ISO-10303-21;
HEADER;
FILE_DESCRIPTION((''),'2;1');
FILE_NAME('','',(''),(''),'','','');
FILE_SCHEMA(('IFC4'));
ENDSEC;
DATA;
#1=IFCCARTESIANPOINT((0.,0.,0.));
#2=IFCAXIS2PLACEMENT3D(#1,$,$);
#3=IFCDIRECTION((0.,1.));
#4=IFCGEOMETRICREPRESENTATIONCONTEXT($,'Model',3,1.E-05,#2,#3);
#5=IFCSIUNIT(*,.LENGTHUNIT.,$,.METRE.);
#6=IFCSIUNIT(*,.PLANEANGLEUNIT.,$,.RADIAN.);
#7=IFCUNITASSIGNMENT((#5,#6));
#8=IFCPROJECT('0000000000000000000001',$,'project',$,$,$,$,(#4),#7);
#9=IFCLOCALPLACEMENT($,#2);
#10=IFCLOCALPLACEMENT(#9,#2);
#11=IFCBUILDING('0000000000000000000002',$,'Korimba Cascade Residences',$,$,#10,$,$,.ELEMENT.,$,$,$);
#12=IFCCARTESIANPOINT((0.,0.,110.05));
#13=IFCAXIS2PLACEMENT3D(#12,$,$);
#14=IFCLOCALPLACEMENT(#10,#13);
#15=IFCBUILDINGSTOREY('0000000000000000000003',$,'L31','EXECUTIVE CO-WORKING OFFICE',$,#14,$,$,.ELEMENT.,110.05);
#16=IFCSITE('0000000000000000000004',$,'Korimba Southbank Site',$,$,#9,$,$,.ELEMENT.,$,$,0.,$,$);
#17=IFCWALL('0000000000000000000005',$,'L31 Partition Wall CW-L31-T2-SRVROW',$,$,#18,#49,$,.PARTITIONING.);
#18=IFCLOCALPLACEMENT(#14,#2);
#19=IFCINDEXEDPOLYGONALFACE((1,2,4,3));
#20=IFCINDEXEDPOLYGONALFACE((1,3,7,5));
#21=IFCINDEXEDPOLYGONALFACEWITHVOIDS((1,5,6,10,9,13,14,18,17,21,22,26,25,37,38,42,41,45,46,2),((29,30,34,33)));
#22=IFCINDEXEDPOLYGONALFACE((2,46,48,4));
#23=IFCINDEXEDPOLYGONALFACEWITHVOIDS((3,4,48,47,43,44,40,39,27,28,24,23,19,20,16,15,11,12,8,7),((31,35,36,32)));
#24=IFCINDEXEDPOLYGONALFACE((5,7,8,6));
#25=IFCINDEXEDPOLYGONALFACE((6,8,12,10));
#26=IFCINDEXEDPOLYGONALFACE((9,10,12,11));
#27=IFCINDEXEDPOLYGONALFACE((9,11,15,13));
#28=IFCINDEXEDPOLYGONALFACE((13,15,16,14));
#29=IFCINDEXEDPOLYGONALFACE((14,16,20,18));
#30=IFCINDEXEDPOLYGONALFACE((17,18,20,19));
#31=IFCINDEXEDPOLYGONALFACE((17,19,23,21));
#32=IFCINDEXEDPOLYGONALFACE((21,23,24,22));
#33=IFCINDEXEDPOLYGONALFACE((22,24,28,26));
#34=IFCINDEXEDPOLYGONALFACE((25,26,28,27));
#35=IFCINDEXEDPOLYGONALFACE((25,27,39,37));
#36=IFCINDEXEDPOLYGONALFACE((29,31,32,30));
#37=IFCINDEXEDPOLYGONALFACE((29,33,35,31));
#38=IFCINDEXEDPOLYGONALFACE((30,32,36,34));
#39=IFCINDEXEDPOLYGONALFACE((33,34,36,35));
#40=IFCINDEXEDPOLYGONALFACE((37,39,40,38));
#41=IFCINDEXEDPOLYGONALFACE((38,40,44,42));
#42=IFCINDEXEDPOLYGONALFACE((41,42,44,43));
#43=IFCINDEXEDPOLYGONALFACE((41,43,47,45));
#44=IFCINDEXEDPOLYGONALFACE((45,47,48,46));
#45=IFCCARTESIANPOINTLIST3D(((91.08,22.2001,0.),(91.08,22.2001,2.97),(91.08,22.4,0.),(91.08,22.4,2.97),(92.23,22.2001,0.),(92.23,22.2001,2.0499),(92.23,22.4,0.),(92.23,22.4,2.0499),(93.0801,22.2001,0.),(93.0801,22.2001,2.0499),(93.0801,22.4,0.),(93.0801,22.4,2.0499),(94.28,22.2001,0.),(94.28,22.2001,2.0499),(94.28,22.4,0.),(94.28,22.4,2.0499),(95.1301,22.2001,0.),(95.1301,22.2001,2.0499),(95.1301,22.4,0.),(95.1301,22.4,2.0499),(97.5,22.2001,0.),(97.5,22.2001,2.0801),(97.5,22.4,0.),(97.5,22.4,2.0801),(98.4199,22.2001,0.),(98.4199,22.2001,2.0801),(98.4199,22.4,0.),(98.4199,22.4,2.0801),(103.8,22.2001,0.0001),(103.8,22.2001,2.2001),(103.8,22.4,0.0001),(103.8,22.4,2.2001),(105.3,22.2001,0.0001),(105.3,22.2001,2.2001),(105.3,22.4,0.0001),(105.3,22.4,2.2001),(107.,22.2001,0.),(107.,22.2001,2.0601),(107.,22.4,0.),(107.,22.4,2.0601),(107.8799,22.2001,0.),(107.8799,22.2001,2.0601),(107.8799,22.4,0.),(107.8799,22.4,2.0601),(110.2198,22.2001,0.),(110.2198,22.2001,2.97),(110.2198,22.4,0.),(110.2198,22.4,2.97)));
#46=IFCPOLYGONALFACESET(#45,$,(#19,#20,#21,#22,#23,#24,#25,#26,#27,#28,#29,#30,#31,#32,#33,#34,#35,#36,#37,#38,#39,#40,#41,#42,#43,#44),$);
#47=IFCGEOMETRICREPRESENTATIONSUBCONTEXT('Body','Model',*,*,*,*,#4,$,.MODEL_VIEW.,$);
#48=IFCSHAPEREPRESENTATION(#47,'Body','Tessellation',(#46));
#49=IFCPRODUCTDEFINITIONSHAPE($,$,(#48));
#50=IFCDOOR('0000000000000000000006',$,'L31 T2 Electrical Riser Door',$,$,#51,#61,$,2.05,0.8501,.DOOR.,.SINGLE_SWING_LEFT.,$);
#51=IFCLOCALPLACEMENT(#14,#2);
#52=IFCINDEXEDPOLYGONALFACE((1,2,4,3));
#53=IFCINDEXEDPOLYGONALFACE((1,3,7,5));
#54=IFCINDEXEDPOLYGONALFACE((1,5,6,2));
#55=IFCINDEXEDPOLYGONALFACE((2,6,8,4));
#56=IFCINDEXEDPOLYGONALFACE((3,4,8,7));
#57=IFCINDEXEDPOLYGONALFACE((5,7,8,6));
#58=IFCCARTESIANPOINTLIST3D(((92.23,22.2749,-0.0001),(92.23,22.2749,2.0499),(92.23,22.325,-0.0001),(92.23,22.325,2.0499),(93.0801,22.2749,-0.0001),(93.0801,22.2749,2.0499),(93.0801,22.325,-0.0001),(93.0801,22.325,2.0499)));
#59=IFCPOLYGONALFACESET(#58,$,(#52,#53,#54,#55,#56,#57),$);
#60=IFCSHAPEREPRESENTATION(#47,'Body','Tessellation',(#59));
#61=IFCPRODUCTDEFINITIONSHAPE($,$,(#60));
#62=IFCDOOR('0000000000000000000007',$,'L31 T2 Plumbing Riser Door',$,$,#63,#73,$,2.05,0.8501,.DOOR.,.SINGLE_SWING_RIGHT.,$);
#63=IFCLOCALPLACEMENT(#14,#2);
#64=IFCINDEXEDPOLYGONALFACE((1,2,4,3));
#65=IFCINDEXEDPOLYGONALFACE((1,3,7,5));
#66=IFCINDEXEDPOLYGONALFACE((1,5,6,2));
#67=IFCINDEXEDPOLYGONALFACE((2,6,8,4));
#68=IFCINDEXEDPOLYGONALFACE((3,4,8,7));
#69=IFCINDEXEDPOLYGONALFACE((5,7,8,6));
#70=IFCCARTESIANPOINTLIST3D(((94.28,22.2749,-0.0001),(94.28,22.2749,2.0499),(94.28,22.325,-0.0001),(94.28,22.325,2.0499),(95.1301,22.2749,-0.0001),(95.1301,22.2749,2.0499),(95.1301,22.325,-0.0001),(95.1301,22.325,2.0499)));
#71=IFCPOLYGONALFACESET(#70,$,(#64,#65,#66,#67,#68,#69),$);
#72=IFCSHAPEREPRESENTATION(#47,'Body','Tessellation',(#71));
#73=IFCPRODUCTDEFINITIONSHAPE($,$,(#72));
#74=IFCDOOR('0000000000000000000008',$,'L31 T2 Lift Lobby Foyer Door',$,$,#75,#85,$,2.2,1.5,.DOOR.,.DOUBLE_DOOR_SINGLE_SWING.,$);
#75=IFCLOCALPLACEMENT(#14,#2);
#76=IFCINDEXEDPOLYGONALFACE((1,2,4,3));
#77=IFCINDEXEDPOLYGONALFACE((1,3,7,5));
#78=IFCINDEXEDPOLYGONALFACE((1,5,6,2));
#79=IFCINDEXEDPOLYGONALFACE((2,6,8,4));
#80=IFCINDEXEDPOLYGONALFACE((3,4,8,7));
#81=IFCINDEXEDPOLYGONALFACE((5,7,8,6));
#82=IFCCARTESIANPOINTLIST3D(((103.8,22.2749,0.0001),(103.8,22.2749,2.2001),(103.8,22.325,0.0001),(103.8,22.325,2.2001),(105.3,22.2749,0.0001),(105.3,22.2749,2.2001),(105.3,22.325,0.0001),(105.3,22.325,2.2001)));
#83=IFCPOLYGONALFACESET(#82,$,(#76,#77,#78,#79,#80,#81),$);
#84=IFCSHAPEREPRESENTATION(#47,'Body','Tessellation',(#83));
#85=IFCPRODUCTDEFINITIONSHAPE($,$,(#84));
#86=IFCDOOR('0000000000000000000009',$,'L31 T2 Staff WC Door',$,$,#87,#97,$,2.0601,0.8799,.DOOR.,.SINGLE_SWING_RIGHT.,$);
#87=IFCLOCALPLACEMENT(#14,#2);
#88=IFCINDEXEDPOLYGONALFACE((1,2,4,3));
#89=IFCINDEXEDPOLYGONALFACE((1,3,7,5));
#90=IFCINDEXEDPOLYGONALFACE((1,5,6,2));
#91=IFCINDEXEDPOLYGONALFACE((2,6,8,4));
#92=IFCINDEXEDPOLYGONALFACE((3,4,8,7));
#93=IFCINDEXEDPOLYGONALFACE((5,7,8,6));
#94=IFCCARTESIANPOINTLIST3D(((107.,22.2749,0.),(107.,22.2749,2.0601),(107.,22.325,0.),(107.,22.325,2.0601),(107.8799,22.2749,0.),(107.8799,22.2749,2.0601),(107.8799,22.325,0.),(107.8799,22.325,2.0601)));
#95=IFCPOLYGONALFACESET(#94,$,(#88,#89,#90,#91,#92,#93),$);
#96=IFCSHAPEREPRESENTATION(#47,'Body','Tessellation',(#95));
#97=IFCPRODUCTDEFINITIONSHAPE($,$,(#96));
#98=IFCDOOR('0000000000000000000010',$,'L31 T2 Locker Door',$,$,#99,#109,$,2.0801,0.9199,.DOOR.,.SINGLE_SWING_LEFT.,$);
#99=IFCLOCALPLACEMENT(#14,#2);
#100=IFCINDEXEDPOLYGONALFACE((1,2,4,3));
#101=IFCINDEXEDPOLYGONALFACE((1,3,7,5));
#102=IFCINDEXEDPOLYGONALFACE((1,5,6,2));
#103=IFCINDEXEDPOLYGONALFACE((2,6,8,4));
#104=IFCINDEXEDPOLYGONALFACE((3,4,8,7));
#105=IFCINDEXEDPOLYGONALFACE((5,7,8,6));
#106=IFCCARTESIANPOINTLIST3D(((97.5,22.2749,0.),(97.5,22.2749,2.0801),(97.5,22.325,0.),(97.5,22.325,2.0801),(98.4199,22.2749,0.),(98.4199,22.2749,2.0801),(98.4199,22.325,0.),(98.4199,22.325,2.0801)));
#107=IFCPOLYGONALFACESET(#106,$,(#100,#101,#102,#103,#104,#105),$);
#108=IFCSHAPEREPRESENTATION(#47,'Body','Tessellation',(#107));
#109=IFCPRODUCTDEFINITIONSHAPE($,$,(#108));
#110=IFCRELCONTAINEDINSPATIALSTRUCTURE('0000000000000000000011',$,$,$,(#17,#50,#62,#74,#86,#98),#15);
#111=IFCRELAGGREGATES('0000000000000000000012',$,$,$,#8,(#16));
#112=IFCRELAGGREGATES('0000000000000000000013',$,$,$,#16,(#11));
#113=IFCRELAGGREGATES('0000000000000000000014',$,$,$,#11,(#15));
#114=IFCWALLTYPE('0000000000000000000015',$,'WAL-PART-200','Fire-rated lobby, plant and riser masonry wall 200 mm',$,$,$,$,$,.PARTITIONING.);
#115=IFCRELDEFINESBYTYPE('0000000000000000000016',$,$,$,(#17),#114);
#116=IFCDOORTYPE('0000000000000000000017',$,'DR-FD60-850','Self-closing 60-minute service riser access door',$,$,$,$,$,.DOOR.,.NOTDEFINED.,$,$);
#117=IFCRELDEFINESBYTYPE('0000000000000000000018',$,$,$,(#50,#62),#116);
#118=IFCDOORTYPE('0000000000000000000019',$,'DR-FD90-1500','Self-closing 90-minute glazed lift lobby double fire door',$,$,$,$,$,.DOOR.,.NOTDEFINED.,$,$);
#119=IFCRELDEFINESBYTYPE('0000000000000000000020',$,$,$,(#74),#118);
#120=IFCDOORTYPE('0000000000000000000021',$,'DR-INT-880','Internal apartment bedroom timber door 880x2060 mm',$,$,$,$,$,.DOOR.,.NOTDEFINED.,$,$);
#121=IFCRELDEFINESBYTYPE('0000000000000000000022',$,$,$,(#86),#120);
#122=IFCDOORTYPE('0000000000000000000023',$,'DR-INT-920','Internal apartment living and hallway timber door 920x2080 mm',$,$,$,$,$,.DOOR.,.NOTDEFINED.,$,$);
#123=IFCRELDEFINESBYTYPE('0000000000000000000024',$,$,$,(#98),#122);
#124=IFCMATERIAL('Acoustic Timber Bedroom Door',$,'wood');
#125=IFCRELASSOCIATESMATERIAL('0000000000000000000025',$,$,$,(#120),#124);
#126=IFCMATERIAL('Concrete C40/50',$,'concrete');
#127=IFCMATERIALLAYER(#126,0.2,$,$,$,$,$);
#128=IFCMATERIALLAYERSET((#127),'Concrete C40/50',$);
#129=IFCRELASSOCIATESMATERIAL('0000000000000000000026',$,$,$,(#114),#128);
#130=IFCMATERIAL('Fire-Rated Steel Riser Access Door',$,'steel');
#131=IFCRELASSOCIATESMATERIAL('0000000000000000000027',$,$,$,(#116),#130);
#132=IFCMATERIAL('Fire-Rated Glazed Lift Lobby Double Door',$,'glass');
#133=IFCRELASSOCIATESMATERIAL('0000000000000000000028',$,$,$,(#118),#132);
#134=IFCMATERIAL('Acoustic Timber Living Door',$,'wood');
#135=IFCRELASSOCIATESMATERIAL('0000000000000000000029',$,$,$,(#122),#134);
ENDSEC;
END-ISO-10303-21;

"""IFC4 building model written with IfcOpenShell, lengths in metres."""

from ifc_helpers import new_model, si_unit, direction, frame, frame_2d, origin, place, context, subcontext, project, spatial, rectangle, extrude, material, layer, layer_set, type_object, element, fill, save


model = new_model("IFC4")

# Units and contexts
model_context = context("Model", 3, precision=1e-05, world=origin(), true_north=direction((0.0, 1.0)))
body_context = subcontext(model_context, "Body", "Model", "MODEL_VIEW")
ifc_project = project(units=[si_unit("LENGTHUNIT", "METRE"), si_unit("PLANEANGLEUNIT", "RADIAN")], contexts=[model_context])

# Site, building, storey
site_placement = place(None, origin())
site = spatial("IfcSite", under=ifc_project, at=site_placement, Name="Korimba Southbank Site", CompositionType="ELEMENT", RefElevation=0.0)
building_placement = place(site_placement, origin())
building = spatial("IfcBuilding", under=site, at=building_placement, Name="Korimba Cascade Residences", CompositionType="ELEMENT")
storey_placement = place(building_placement, frame((0.0, 0.0, 110.05)))
storey = spatial("IfcBuildingStorey", under=building, at=storey_placement, Name="L31", Description="EXECUTIVE CO-WORKING OFFICE", CompositionType="ELEMENT", Elevation=110.05)

# Shared definitions
ifc_material_1 = material(Name="Acoustic Timber Bedroom Door", Category="wood")
door_type_1 = type_object("IfcDoorType", Name="DR-INT-880", Description="Internal apartment bedroom timber door 880x2060 mm", OperationType="NOTDEFINED", PredefinedType="DOOR", material=ifc_material_1)

# Shared definitions
ifc_material_2 = material(Name="Concrete C40/50", Category="concrete")
ifc_layer_1 = layer(ifc_material_2, 0.2)
ifc_layer_set_1 = layer_set([ifc_layer_1], Name="Concrete C40/50")
wall_type_1 = type_object("IfcWallType", Name="WAL-PART-200", Description="Fire-rated lobby, plant and riser masonry wall 200 mm", PredefinedType="PARTITIONING", material=ifc_layer_set_1)

# Wall, openings, doors
wall_1_placement = place(storey_placement, frame((91.0801, 22.3, 0.0), z_axis=(0.0, 0.0, 1.0), x_axis=(1.0, 0.0, 0.0)))
wall_1 = element("IfcWall", 1, at=wall_1_placement, inside=storey, type_object=wall_type_1, Name="L31 Partition Wall CW-L31-T2-SRVROW", PredefinedType="PARTITIONING", context=body_context, shape_type="SweptSolid", body=[
    extrude(rectangle(XDim=19.1399, YDim=0.2, at=frame_2d((9.5698, 0.0))), origin(), (0.0, 0.0, 1.0), 2.97),
])
opening_1_placement = place(wall_1_placement, frame((1.1499, 0.0, 0.0)))
opening_1 = element("IfcOpeningElement", 2, at=opening_1_placement, cuts=wall_1, PredefinedType="OPENING", context=body_context, shape_type="SweptSolid", body=[
    extrude(rectangle(XDim=0.8501, YDim=2.05, at=frame_2d((0.425, 1.0249))), frame((0.0, 0.1099, 0.0), z_axis=(0.0, -1.0, 0.0), x_axis=(1.0, 0.0, 0.0)), (0.0, 0.0, 1.0), 0.22),
])
opening_2_placement = place(wall_1_placement, frame((3.2, 0.0, 0.0)))
opening_2 = element("IfcOpeningElement", 3, at=opening_2_placement, cuts=wall_1, PredefinedType="OPENING", context=body_context, shape_type="SweptSolid", body=[
    extrude(rectangle(XDim=0.8501, YDim=2.05, at=frame_2d((0.425, 1.0249))), frame((0.0, 0.1099, 0.0), z_axis=(0.0, -1.0, 0.0), x_axis=(1.0, 0.0, 0.0)), (0.0, 0.0, 1.0), 0.22),
])
opening_3_placement = place(wall_1_placement, frame((12.72, 0.0, 0.0)))
opening_3 = element("IfcOpeningElement", 4, at=opening_3_placement, cuts=wall_1, PredefinedType="OPENING", context=body_context, shape_type="SweptSolid", body=[
    extrude(rectangle(XDim=1.5, YDim=2.2, at=frame_2d((0.75, 1.1001))), frame((0.0, 0.1099, 0.0), z_axis=(0.0, -1.0, 0.0), x_axis=(1.0, 0.0, 0.0)), (0.0, 0.0, 1.0), 0.22),
])
opening_4_placement = place(wall_1_placement, frame((6.4199, 0.0, 0.0)))
opening_4 = element("IfcOpeningElement", 5, at=opening_4_placement, cuts=wall_1, PredefinedType="OPENING", context=body_context, shape_type="SweptSolid", body=[
    extrude(rectangle(XDim=0.9199, YDim=2.0801, at=frame_2d((0.46, 1.04))), frame((0.0, 0.1099, 0.0), z_axis=(0.0, -1.0, 0.0), x_axis=(1.0, 0.0, 0.0)), (0.0, 0.0, 1.0), 0.22),
])
opening_5_placement = place(wall_1_placement, frame((15.9199, 0.0, 0.0)))
opening_5 = element("IfcOpeningElement", 6, at=opening_5_placement, cuts=wall_1, PredefinedType="OPENING", context=body_context, shape_type="SweptSolid", body=[
    extrude(rectangle(XDim=0.8799, YDim=2.0601, at=frame_2d((0.4399, 1.03))), frame((0.0, 0.1099, 0.0), z_axis=(0.0, -1.0, 0.0), x_axis=(1.0, 0.0, 0.0)), (0.0, 0.0, 1.0), 0.22),
])
ifc_material_3 = material(Name="Fire-Rated Steel Riser Access Door", Category="steel")
door_type_2 = type_object("IfcDoorType", Name="DR-FD60-850", Description="Self-closing 60-minute service riser access door", OperationType="NOTDEFINED", PredefinedType="DOOR", material=ifc_material_3)
door_1_placement = place(opening_1_placement, origin())
door_1 = element("IfcDoor", 7, at=door_1_placement, inside=storey, type_object=door_type_2, Name="L31 T2 Electrical Riser Door", OperationType="SINGLE_SWING_LEFT", OverallHeight=2.05, OverallWidth=0.8501, PredefinedType="DOOR", context=body_context, shape_type="SweptSolid", body=[
    extrude(rectangle(XDim=0.8501, YDim=2.05, at=frame_2d((0.425, 1.0249))), frame((0.0, 0.0249, 0.0), z_axis=(0.0, -1.0, 0.0), x_axis=(1.0, 0.0, 0.0)), (0.0, 0.0, 1.0), 0.05),
])
fill(opening_1, door_1)
door_2_placement = place(opening_2_placement, origin())
door_2 = element("IfcDoor", 8, at=door_2_placement, inside=storey, type_object=door_type_2, Name="L31 T2 Plumbing Riser Door", OperationType="SINGLE_SWING_RIGHT", OverallHeight=2.05, OverallWidth=0.8501, PredefinedType="DOOR", context=body_context, shape_type="SweptSolid", body=[
    extrude(rectangle(XDim=0.8501, YDim=2.05, at=frame_2d((0.425, 1.0249))), frame((0.0, 0.0249, 0.0), z_axis=(0.0, -1.0, 0.0), x_axis=(1.0, 0.0, 0.0)), (0.0, 0.0, 1.0), 0.05),
])
fill(opening_2, door_2)
ifc_material_4 = material(Name="Fire-Rated Glazed Lift Lobby Double Door", Category="glass")
door_type_3 = type_object("IfcDoorType", Name="DR-FD90-1500", Description="Self-closing 90-minute glazed lift lobby double fire door", OperationType="NOTDEFINED", PredefinedType="DOOR", material=ifc_material_4)
door_3_placement = place(opening_3_placement, origin())
door_3 = element("IfcDoor", 9, at=door_3_placement, inside=storey, type_object=door_type_3, Name="L31 T2 Lift Lobby Foyer Door", OperationType="DOUBLE_DOOR_SINGLE_SWING", OverallHeight=2.2, OverallWidth=1.5, PredefinedType="DOOR", context=body_context, shape_type="SweptSolid", body=[
    extrude(rectangle(XDim=1.5, YDim=2.2, at=frame_2d((0.75, 1.1001))), frame((0.0, 0.0249, 0.0), z_axis=(0.0, -1.0, 0.0), x_axis=(1.0, 0.0, 0.0)), (0.0, 0.0, 1.0), 0.05),
])
fill(opening_3, door_3)
door_4_placement = place(opening_5_placement, origin())
door_4 = element("IfcDoor", 10, at=door_4_placement, inside=storey, type_object=door_type_1, Name="L31 T2 Staff WC Door", OperationType="SINGLE_SWING_RIGHT", OverallHeight=2.0601, OverallWidth=0.8799, PredefinedType="DOOR", context=body_context, shape_type="SweptSolid", body=[
    extrude(rectangle(XDim=0.8799, YDim=2.0601, at=frame_2d((0.4399, 1.03))), frame((0.0, 0.0249, 0.0), z_axis=(0.0, -1.0, 0.0), x_axis=(1.0, 0.0, 0.0)), (0.0, 0.0, 1.0), 0.05),
])
fill(opening_5, door_4)
ifc_material_5 = material(Name="Acoustic Timber Living Door", Category="wood")
door_type_4 = type_object("IfcDoorType", Name="DR-INT-920", Description="Internal apartment living and hallway timber door 920x2080 mm", OperationType="NOTDEFINED", PredefinedType="DOOR", material=ifc_material_5)
door_5_placement = place(opening_4_placement, origin())
door_5 = element("IfcDoor", 11, at=door_5_placement, inside=storey, type_object=door_type_4, Name="L31 T2 Locker Door", OperationType="SINGLE_SWING_LEFT", OverallHeight=2.0801, OverallWidth=0.9199, PredefinedType="DOOR", context=body_context, shape_type="SweptSolid", body=[
    extrude(rectangle(XDim=0.9199, YDim=2.0801, at=frame_2d((0.46, 1.04))), frame((0.0, 0.0249, 0.0), z_axis=(0.0, -1.0, 0.0), x_axis=(1.0, 0.0, 0.0)), (0.0, 0.0, 1.0), 0.05),
])
fill(opening_4, door_5)

save(model, "model.ifc")
